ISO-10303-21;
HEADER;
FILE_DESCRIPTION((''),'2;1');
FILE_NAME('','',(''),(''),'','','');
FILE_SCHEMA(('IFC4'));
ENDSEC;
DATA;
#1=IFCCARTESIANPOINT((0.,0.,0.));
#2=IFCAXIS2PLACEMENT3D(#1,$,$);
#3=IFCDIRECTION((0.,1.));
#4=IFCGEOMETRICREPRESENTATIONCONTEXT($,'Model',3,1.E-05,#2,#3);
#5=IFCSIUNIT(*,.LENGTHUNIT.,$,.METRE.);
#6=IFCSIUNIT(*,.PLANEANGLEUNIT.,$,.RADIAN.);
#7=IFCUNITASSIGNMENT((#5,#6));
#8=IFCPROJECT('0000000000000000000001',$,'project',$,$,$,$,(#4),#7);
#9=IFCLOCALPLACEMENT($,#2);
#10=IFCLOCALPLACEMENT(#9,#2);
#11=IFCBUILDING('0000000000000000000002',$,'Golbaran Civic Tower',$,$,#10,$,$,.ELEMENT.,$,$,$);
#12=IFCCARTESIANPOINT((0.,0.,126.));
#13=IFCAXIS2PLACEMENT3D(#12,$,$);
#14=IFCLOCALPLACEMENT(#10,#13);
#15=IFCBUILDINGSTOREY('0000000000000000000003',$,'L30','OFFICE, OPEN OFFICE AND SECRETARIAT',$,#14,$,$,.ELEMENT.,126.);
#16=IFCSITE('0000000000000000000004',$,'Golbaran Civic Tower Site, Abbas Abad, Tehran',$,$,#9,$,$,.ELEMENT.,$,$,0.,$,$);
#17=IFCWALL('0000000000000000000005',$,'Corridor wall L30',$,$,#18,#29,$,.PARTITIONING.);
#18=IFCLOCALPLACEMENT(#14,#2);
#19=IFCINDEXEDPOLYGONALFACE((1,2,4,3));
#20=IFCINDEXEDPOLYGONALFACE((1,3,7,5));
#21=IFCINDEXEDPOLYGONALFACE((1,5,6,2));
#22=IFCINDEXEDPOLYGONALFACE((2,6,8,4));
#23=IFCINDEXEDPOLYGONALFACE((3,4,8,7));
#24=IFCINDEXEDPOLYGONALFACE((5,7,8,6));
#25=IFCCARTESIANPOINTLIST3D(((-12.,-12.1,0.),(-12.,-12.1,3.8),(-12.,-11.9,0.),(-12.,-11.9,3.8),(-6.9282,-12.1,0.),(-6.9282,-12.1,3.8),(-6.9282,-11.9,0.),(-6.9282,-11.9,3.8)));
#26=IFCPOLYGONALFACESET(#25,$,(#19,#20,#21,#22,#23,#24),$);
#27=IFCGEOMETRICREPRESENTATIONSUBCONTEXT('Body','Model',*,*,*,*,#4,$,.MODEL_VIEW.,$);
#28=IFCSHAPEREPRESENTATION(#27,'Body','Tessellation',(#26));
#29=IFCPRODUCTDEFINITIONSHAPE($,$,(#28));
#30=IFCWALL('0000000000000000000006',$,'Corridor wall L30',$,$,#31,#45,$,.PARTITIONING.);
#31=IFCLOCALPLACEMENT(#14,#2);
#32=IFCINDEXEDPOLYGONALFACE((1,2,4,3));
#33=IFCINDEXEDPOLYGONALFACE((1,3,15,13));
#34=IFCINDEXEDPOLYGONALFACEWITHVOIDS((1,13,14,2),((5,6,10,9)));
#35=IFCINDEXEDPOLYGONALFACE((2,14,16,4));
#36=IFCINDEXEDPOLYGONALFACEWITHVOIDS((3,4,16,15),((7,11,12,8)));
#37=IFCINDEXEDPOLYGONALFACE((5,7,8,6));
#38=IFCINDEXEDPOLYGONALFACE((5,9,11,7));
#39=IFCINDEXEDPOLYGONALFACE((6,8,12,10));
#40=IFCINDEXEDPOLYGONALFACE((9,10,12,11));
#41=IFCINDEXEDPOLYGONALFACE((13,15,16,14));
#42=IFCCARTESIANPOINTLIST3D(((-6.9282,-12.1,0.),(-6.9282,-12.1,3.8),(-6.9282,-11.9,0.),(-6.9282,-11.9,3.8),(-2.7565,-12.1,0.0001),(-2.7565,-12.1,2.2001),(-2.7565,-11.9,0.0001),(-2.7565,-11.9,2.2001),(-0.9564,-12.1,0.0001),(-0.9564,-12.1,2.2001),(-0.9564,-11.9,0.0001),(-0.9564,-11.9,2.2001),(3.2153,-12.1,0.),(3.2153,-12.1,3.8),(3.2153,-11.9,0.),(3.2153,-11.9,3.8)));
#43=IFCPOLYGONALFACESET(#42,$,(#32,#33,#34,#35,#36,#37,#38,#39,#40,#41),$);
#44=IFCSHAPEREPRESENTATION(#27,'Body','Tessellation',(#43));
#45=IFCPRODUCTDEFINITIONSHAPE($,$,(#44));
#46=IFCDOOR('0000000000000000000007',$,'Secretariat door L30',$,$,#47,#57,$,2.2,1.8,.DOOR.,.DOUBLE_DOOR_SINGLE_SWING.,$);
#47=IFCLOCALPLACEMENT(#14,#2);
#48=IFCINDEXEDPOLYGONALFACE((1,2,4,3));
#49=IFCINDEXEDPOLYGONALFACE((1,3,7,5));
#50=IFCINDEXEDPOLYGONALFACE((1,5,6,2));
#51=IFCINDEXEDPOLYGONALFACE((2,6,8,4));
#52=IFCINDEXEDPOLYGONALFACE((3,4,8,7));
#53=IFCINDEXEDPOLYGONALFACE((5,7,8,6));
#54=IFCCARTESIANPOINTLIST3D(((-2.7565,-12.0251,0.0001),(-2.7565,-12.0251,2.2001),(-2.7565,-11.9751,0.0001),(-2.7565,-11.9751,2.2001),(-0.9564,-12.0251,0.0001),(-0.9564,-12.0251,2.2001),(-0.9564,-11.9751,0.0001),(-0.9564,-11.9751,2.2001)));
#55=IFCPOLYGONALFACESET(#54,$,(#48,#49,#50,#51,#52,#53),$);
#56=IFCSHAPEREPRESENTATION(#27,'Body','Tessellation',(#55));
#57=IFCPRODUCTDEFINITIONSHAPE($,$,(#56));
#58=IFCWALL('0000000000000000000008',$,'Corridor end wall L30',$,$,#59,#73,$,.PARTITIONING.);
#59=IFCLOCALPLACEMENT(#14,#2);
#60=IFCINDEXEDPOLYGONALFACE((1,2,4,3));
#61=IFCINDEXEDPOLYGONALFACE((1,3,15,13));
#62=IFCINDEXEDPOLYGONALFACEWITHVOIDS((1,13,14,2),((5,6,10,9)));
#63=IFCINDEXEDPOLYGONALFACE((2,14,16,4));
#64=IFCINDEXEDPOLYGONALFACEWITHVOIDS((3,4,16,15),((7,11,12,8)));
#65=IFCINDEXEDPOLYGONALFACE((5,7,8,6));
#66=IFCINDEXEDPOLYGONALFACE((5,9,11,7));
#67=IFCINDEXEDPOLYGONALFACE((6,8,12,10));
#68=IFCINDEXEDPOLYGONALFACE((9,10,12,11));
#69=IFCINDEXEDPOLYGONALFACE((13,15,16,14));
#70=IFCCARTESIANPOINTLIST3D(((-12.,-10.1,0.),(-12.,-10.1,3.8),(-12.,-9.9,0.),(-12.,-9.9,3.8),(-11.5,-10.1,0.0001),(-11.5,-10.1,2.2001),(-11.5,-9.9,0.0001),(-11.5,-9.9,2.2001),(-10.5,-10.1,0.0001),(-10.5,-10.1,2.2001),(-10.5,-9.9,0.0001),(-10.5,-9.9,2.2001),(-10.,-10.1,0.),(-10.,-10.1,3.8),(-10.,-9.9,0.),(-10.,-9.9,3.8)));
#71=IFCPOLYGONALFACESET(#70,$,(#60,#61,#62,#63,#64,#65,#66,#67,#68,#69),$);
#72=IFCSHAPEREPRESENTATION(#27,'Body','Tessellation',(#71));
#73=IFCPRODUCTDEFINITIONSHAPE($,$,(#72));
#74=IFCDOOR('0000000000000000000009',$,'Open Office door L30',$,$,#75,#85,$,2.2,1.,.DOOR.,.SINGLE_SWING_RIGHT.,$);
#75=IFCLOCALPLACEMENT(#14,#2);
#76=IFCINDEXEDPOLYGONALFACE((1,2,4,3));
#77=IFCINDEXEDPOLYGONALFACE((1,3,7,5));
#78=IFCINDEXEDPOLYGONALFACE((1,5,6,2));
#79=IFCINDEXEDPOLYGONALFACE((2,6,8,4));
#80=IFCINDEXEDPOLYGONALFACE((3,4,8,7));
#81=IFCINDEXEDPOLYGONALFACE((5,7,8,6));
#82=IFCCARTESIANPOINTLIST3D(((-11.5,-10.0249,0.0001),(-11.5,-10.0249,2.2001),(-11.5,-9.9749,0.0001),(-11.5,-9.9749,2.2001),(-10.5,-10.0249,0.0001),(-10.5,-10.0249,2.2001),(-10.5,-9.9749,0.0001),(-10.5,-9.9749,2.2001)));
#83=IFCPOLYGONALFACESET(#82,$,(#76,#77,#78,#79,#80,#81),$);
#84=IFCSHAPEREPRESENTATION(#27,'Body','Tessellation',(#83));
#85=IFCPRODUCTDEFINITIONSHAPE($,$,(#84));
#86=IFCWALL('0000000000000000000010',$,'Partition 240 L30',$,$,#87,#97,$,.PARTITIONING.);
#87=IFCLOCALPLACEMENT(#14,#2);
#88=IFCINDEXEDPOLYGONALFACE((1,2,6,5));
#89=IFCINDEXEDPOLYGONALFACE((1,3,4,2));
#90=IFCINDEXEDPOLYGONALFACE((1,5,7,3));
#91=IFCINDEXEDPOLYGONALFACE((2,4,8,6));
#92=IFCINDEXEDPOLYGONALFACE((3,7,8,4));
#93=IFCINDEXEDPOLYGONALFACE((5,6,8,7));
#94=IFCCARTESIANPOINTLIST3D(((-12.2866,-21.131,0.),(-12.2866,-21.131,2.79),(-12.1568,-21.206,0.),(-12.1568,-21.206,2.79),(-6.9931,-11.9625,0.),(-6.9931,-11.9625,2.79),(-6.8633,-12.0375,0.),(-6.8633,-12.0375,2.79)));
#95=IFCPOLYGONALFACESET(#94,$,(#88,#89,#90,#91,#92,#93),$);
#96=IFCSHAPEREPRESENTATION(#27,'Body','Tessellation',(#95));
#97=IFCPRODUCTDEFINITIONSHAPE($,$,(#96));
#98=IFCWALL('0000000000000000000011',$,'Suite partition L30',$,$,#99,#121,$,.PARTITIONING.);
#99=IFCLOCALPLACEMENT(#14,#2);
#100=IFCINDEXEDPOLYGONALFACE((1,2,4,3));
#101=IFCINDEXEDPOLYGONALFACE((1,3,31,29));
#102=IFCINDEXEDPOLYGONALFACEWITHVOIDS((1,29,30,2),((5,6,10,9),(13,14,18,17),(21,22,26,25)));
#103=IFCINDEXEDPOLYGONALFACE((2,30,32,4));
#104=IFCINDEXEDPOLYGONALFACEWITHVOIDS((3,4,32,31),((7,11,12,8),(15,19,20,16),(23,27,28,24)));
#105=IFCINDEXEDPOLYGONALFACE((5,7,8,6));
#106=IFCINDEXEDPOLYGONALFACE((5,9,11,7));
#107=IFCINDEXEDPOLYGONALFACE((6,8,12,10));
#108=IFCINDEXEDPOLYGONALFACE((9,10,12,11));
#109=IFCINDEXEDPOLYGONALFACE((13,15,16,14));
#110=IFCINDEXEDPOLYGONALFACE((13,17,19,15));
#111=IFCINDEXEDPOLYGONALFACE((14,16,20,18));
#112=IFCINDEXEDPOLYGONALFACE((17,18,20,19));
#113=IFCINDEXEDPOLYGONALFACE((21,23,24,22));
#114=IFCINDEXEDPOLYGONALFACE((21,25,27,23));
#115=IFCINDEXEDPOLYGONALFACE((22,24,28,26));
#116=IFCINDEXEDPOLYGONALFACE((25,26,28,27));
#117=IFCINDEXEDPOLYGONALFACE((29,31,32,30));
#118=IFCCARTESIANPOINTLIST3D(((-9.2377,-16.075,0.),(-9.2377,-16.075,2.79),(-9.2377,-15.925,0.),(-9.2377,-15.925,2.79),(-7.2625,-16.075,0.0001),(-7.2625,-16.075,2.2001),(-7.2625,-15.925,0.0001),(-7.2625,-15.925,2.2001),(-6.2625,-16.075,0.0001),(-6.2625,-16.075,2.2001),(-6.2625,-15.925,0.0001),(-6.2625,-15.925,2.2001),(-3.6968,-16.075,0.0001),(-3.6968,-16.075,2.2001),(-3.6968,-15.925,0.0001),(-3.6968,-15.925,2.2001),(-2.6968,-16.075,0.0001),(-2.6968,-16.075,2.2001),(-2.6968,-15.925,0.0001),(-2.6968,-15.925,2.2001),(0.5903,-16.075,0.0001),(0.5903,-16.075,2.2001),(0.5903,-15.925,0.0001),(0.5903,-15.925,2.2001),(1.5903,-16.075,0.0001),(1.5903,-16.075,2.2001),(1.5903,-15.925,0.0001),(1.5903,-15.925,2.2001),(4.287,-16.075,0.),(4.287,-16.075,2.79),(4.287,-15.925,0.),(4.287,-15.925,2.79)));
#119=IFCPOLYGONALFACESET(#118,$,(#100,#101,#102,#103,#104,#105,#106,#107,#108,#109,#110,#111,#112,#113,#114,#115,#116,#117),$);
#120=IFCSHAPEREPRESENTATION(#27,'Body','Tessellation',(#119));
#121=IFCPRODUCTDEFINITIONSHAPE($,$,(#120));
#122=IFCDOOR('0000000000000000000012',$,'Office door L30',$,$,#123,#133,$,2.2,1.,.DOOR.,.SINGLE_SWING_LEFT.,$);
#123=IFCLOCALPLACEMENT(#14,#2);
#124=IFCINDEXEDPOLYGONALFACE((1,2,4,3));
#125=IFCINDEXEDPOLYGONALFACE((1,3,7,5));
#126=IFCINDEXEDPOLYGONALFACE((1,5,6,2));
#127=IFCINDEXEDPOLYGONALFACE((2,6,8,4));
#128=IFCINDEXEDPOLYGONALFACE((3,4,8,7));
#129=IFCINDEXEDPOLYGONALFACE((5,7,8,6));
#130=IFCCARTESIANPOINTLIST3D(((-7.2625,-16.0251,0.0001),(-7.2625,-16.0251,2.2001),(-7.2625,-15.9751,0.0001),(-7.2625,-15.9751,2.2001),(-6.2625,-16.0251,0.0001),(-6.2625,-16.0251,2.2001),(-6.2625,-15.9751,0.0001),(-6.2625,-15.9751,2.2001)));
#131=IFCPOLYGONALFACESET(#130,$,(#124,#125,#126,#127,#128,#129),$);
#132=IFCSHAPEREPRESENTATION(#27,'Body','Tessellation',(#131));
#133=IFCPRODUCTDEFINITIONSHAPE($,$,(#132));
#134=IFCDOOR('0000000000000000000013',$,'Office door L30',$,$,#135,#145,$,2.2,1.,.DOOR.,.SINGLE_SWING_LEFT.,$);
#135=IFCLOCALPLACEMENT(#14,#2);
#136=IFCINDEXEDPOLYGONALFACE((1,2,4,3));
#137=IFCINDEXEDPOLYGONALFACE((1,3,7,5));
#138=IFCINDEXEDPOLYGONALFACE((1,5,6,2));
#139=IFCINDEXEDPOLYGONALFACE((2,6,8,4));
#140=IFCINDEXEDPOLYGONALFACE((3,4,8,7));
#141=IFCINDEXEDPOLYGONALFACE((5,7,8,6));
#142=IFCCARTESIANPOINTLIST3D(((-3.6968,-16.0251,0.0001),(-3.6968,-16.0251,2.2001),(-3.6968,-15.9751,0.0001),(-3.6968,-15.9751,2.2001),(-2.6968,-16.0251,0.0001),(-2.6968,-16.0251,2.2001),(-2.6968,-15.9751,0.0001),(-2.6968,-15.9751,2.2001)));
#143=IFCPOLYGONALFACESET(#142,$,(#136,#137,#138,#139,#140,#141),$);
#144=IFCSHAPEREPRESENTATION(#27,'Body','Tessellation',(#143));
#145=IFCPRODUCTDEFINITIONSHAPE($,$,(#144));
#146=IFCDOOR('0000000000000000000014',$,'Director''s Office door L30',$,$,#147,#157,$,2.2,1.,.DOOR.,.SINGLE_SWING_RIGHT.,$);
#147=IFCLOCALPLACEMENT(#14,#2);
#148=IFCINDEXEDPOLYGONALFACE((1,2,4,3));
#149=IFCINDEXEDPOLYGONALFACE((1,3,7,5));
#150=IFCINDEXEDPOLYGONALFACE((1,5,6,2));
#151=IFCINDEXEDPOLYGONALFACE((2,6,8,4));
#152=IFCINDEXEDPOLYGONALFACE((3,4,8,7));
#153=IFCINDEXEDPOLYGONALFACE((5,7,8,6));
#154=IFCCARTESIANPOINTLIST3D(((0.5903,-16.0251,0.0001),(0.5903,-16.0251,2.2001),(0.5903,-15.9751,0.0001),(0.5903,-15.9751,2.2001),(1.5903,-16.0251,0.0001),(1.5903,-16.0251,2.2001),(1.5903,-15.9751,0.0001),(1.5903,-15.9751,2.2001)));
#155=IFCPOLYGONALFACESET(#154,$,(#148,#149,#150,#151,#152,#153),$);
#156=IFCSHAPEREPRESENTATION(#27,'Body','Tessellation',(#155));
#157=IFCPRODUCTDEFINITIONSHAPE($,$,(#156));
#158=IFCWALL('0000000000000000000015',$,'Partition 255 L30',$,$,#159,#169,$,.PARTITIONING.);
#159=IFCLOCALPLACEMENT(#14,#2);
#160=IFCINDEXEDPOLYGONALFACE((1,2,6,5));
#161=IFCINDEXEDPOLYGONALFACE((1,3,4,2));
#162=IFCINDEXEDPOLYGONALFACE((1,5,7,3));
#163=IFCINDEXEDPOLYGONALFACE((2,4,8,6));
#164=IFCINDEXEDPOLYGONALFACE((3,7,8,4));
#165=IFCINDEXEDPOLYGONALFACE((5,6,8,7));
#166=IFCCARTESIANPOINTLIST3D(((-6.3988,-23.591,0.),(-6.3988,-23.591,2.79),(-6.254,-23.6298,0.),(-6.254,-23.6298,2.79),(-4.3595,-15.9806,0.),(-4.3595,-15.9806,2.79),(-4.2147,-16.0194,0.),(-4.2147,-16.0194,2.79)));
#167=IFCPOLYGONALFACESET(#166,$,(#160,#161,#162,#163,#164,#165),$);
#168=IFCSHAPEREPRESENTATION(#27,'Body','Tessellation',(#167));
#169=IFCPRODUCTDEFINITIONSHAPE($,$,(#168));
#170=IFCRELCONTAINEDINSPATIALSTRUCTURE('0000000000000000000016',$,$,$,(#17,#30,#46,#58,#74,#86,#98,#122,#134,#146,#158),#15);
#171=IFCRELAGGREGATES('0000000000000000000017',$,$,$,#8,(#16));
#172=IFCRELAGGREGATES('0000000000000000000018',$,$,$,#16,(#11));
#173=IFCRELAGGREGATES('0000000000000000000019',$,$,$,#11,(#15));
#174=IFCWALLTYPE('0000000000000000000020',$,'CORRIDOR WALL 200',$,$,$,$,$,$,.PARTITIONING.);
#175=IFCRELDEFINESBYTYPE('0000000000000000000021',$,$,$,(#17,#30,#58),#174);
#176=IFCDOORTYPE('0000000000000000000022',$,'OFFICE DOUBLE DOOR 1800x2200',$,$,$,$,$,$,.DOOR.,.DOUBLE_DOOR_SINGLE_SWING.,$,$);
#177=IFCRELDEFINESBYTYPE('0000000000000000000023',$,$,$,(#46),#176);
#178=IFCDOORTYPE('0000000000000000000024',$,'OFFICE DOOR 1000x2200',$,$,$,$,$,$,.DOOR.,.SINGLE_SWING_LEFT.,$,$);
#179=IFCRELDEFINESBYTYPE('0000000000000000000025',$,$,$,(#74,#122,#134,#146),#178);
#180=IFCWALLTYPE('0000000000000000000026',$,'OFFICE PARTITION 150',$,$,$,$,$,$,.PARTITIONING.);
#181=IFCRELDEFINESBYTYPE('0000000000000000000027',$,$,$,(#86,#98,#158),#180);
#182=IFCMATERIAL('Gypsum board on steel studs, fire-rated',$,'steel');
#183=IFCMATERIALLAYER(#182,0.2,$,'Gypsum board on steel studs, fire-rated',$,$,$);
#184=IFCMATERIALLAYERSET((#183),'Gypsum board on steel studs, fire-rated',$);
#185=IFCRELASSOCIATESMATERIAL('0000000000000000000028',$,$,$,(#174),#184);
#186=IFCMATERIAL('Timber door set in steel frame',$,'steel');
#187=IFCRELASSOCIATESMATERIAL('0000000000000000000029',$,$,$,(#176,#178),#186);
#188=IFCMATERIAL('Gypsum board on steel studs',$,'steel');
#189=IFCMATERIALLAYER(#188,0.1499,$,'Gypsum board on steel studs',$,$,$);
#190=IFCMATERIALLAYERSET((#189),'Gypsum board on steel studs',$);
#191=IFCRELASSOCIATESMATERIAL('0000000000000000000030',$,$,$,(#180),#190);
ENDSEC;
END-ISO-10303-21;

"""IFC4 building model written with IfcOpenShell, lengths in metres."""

from ifc_helpers import new_model, si_unit, direction, frame, frame_2d, origin, place, context, subcontext, project, spatial, rectangle, extrude, material, layer, layer_set, type_object, element, fill, save


model = new_model("IFC4")

# Units and contexts
model_context = context("Model", 3, precision=1e-05, world=origin(), true_north=direction((0.0, 1.0)))
body_context = subcontext(model_context, "Body", "Model", "MODEL_VIEW")
ifc_project = project(units=[si_unit("LENGTHUNIT", "METRE"), si_unit("PLANEANGLEUNIT", "RADIAN")], contexts=[model_context])

# Site, building, storey
site_placement = place(None, origin())
site = spatial("IfcSite", under=ifc_project, at=site_placement, Name="Golbaran Civic Tower Site, Abbas Abad, Tehran", CompositionType="ELEMENT", RefElevation=0.0)
building_placement = place(site_placement, origin())
building = spatial("IfcBuilding", under=site, at=building_placement, Name="Golbaran Civic Tower", CompositionType="ELEMENT")
storey_placement = place(building_placement, frame((0.0, 0.0, 126.0)))
storey = spatial("IfcBuildingStorey", under=building, at=storey_placement, Name="L30", Description="OFFICE, OPEN OFFICE AND SECRETARIAT", CompositionType="ELEMENT", Elevation=126.0)

# Shared definitions
ifc_material_1 = material(Name="Timber door set in steel frame", Category="steel")

# Wall
ifc_material_2 = material(Name="Gypsum board on steel studs, fire-rated", Category="steel")
ifc_layer_1 = layer(ifc_material_2, 0.2, Name="Gypsum board on steel studs, fire-rated")
ifc_layer_set_1 = layer_set([ifc_layer_1], Name="Gypsum board on steel studs, fire-rated")
wall_type_1 = type_object("IfcWallType", Name="CORRIDOR WALL 200", PredefinedType="PARTITIONING", material=ifc_layer_set_1)
wall_1_placement = place(storey_placement, frame((-12.0, -12.0, 0.0), z_axis=(0.0, 0.0, 1.0), x_axis=(1.0, 0.0, 0.0)))
element("IfcWall", 1, at=wall_1_placement, inside=storey, type_object=wall_type_1, Name="Corridor wall L30", PredefinedType="PARTITIONING", context=body_context, shape_type="SweptSolid", body=[
    extrude(rectangle(XDim=5.0718, YDim=0.2, at=frame_2d((2.5359, 0.0))), origin(), (0.0, 0.0, 1.0), 3.8),
])

# Walls, openings, doors
wall_2_placement = place(storey_placement, frame((-6.9282, -12.0, 0.0), z_axis=(0.0, 0.0, 1.0), x_axis=(1.0, 0.0, 0.0)))
wall_2 = element("IfcWall", 2, at=wall_2_placement, inside=storey, type_object=wall_type_1, Name="Corridor wall L30", PredefinedType="PARTITIONING", context=body_context, shape_type="SweptSolid", body=[
    extrude(rectangle(XDim=10.1436, YDim=0.2, at=frame_2d((5.0718, 0.0))), origin(), (0.0, 0.0, 1.0), 3.8),
])
opening_1_placement = place(wall_2_placement, frame((4.1719, 0.0, 0.0)))
opening_1 = element("IfcOpeningElement", 3, at=opening_1_placement, cuts=wall_2, PredefinedType="OPENING", context=body_context, shape_type="SweptSolid", body=[
    extrude(rectangle(XDim=1.8, YDim=2.2, at=frame_2d((0.8999, 1.1001))), frame((0.0, 0.1099, 0.0), z_axis=(0.0, -1.0, 0.0), x_axis=(1.0, 0.0, 0.0)), (0.0, 0.0, 1.0), 0.22),
])
door_type_1 = type_object("IfcDoorType", Name="OFFICE DOUBLE DOOR 1800x2200", OperationType="DOUBLE_DOOR_SINGLE_SWING", PredefinedType="DOOR", material=ifc_material_1)
door_1_placement = place(opening_1_placement, origin())
door_1 = element("IfcDoor", 4, at=door_1_placement, inside=storey, type_object=door_type_1, Name="Secretariat door L30", OperationType="DOUBLE_DOOR_SINGLE_SWING", OverallHeight=2.2, OverallWidth=1.8, PredefinedType="DOOR", context=body_context, shape_type="SweptSolid", body=[
    extrude(rectangle(XDim=1.8, YDim=2.2, at=frame_2d((0.8999, 1.1001))), frame((0.0, 0.0249, 0.0), z_axis=(0.0, -1.0, 0.0), x_axis=(1.0, 0.0, 0.0)), (0.0, 0.0, 1.0), 0.05),
])
fill(opening_1, door_1)
wall_3_placement = place(storey_placement, frame((-10.0, -10.0, 0.0), z_axis=(0.0, 0.0, 1.0), x_axis=(-1.0, 0.0, 0.0)))
wall_3 = element("IfcWall", 5, at=wall_3_placement, inside=storey, type_object=wall_type_1, Name="Corridor end wall L30", PredefinedType="PARTITIONING", context=body_context, shape_type="SweptSolid", body=[
    extrude(rectangle(XDim=2.0, YDim=0.2, at=frame_2d((1.0, 0.0))), origin(), (0.0, 0.0, 1.0), 3.8),
])
opening_2_placement = place(wall_3_placement, frame((0.5, 0.0, 0.0)))
opening_2 = element("IfcOpeningElement", 6, at=opening_2_placement, cuts=wall_3, PredefinedType="OPENING", context=body_context, shape_type="SweptSolid", body=[
    extrude(rectangle(XDim=1.0, YDim=2.2, at=frame_2d((0.5, 1.1001))), frame((0.0, 0.1099, 0.0), z_axis=(0.0, -1.0, 0.0), x_axis=(1.0, 0.0, 0.0)), (0.0, 0.0, 1.0), 0.22),
])
door_type_2 = type_object("IfcDoorType", Name="OFFICE DOOR 1000x2200", OperationType="SINGLE_SWING_LEFT", PredefinedType="DOOR", material=ifc_material_1)
door_2_placement = place(opening_2_placement, origin())
door_2 = element("IfcDoor", 7, at=door_2_placement, inside=storey, type_object=door_type_2, Name="Open Office door L30", OperationType="SINGLE_SWING_RIGHT", OverallHeight=2.2, OverallWidth=1.0, PredefinedType="DOOR", context=body_context, shape_type="SweptSolid", body=[
    extrude(rectangle(XDim=1.0, YDim=2.2, at=frame_2d((0.5, 1.1001))), frame((0.0, 0.0249, 0.0), z_axis=(0.0, -1.0, 0.0), x_axis=(1.0, 0.0, 0.0)), (0.0, 0.0, 1.0), 0.05),
])
fill(opening_2, door_2)

# Wall
ifc_material_3 = material(Name="Gypsum board on steel studs", Category="steel")
ifc_layer_2 = layer(ifc_material_3, 0.1499, Name="Gypsum board on steel studs")
ifc_layer_set_2 = layer_set([ifc_layer_2], Name="Gypsum board on steel studs")
wall_type_2 = type_object("IfcWallType", Name="OFFICE PARTITION 150", PredefinedType="PARTITIONING", material=ifc_layer_set_2)
wall_4_placement = place(storey_placement, frame((-6.9282, -12.0, 0.0), z_axis=(0.0, 0.0, 1.0), x_axis=(-0.500003, -0.866024, 0.0)))
element("IfcWall", 8, at=wall_4_placement, inside=storey, type_object=wall_type_2, Name="Partition 240 L30", PredefinedType="PARTITIONING", context=body_context, shape_type="SweptSolid", body=[
    extrude(rectangle(XDim=10.5869, YDim=0.1499, at=frame_2d((5.2935, 0.0))), origin(), (0.0, 0.0, 1.0), 2.79),
])

# Wall, openings, doors
wall_5_placement = place(storey_placement, frame((-9.2375, -16.0, 0.0), z_axis=(0.0, 0.0, 1.0), x_axis=(1.0, 0.0, 0.0)))
wall_5 = element("IfcWall", 9, at=wall_5_placement, inside=storey, type_object=wall_type_2, Name="Suite partition L30", PredefinedType="PARTITIONING", context=body_context, shape_type="SweptSolid", body=[
    extrude(rectangle(XDim=13.5247, YDim=0.1499, at=frame_2d((6.7622, 0.0))), origin(), (0.0, 0.0, 1.0), 2.79),
])
opening_3_placement = place(wall_5_placement, frame((1.9751, 0.0, 0.0)))
opening_3 = element("IfcOpeningElement", 10, at=opening_3_placement, cuts=wall_5, PredefinedType="OPENING", context=body_context, shape_type="SweptSolid", body=[
    extrude(rectangle(XDim=1.0, YDim=2.2, at=frame_2d((0.5, 1.1001))), frame((0.0, 0.085, 0.0), z_axis=(0.0, -1.0, 0.0), x_axis=(1.0, 0.0, 0.0)), (0.0, 0.0, 1.0), 0.1699),
])
opening_4_placement = place(wall_5_placement, frame((5.5408, 0.0, 0.0)))
opening_4 = element("IfcOpeningElement", 11, at=opening_4_placement, cuts=wall_5, PredefinedType="OPENING", context=body_context, shape_type="SweptSolid", body=[
    extrude(rectangle(XDim=1.0, YDim=2.2, at=frame_2d((0.5, 1.1001))), frame((0.0, 0.085, 0.0), z_axis=(0.0, -1.0, 0.0), x_axis=(1.0, 0.0, 0.0)), (0.0, 0.0, 1.0), 0.1699),
])
opening_5_placement = place(wall_5_placement, frame((9.8279, 0.0, 0.0)))
opening_5 = element("IfcOpeningElement", 12, at=opening_5_placement, cuts=wall_5, PredefinedType="OPENING", context=body_context, shape_type="SweptSolid", body=[
    extrude(rectangle(XDim=1.0, YDim=2.2, at=frame_2d((0.5, 1.1001))), frame((0.0, 0.085, 0.0), z_axis=(0.0, -1.0, 0.0), x_axis=(1.0, 0.0, 0.0)), (0.0, 0.0, 1.0), 0.1699),
])
door_3_placement = place(opening_3_placement, origin())
door_3 = element("IfcDoor", 13, at=door_3_placement, inside=storey, type_object=door_type_2, Name="Office door L30", OperationType="SINGLE_SWING_LEFT", OverallHeight=2.2, OverallWidth=1.0, PredefinedType="DOOR", context=body_context, shape_type="SweptSolid", body=[
    extrude(rectangle(XDim=1.0, YDim=2.2, at=frame_2d((0.5, 1.1001))), frame((0.0, 0.0249, 0.0), z_axis=(0.0, -1.0, 0.0), x_axis=(1.0, 0.0, 0.0)), (0.0, 0.0, 1.0), 0.05),
])
fill(opening_3, door_3)
door_4_placement = place(opening_4_placement, origin())
door_4 = element("IfcDoor", 14, at=door_4_placement, inside=storey, type_object=door_type_2, Name="Office door L30", OperationType="SINGLE_SWING_LEFT", OverallHeight=2.2, OverallWidth=1.0, PredefinedType="DOOR", context=body_context, shape_type="SweptSolid", body=[
    extrude(rectangle(XDim=1.0, YDim=2.2, at=frame_2d((0.5, 1.1001))), frame((0.0, 0.0249, 0.0), z_axis=(0.0, -1.0, 0.0), x_axis=(1.0, 0.0, 0.0)), (0.0, 0.0, 1.0), 0.05),
])
fill(opening_4, door_4)
door_5_placement = place(opening_5_placement, origin())
door_5 = element("IfcDoor", 15, at=door_5_placement, inside=storey, type_object=door_type_2, Name="Director's Office door L30", OperationType="SINGLE_SWING_RIGHT", OverallHeight=2.2, OverallWidth=1.0, PredefinedType="DOOR", context=body_context, shape_type="SweptSolid", body=[
    extrude(rectangle(XDim=1.0, YDim=2.2, at=frame_2d((0.5, 1.1001))), frame((0.0, 0.0249, 0.0), z_axis=(0.0, -1.0, 0.0), x_axis=(1.0, 0.0, 0.0)), (0.0, 0.0, 1.0), 0.05),
])
fill(opening_5, door_5)

# Wall
wall_6_placement = place(storey_placement, frame((-4.2871, -16.0, 0.0), z_axis=(0.0, 0.0, 1.0), x_axis=(-0.258833, -0.965922, 0.0)))
element("IfcWall", 16, at=wall_6_placement, inside=storey, type_object=wall_type_2, Name="Partition 255 L30", PredefinedType="PARTITIONING", context=body_context, shape_type="SweptSolid", body=[
    extrude(rectangle(XDim=7.8789, YDim=0.1499, at=frame_2d((3.9395, 0.0))), origin(), (0.0, 0.0, 1.0), 2.79),
])

save(model, "model.ifc")
